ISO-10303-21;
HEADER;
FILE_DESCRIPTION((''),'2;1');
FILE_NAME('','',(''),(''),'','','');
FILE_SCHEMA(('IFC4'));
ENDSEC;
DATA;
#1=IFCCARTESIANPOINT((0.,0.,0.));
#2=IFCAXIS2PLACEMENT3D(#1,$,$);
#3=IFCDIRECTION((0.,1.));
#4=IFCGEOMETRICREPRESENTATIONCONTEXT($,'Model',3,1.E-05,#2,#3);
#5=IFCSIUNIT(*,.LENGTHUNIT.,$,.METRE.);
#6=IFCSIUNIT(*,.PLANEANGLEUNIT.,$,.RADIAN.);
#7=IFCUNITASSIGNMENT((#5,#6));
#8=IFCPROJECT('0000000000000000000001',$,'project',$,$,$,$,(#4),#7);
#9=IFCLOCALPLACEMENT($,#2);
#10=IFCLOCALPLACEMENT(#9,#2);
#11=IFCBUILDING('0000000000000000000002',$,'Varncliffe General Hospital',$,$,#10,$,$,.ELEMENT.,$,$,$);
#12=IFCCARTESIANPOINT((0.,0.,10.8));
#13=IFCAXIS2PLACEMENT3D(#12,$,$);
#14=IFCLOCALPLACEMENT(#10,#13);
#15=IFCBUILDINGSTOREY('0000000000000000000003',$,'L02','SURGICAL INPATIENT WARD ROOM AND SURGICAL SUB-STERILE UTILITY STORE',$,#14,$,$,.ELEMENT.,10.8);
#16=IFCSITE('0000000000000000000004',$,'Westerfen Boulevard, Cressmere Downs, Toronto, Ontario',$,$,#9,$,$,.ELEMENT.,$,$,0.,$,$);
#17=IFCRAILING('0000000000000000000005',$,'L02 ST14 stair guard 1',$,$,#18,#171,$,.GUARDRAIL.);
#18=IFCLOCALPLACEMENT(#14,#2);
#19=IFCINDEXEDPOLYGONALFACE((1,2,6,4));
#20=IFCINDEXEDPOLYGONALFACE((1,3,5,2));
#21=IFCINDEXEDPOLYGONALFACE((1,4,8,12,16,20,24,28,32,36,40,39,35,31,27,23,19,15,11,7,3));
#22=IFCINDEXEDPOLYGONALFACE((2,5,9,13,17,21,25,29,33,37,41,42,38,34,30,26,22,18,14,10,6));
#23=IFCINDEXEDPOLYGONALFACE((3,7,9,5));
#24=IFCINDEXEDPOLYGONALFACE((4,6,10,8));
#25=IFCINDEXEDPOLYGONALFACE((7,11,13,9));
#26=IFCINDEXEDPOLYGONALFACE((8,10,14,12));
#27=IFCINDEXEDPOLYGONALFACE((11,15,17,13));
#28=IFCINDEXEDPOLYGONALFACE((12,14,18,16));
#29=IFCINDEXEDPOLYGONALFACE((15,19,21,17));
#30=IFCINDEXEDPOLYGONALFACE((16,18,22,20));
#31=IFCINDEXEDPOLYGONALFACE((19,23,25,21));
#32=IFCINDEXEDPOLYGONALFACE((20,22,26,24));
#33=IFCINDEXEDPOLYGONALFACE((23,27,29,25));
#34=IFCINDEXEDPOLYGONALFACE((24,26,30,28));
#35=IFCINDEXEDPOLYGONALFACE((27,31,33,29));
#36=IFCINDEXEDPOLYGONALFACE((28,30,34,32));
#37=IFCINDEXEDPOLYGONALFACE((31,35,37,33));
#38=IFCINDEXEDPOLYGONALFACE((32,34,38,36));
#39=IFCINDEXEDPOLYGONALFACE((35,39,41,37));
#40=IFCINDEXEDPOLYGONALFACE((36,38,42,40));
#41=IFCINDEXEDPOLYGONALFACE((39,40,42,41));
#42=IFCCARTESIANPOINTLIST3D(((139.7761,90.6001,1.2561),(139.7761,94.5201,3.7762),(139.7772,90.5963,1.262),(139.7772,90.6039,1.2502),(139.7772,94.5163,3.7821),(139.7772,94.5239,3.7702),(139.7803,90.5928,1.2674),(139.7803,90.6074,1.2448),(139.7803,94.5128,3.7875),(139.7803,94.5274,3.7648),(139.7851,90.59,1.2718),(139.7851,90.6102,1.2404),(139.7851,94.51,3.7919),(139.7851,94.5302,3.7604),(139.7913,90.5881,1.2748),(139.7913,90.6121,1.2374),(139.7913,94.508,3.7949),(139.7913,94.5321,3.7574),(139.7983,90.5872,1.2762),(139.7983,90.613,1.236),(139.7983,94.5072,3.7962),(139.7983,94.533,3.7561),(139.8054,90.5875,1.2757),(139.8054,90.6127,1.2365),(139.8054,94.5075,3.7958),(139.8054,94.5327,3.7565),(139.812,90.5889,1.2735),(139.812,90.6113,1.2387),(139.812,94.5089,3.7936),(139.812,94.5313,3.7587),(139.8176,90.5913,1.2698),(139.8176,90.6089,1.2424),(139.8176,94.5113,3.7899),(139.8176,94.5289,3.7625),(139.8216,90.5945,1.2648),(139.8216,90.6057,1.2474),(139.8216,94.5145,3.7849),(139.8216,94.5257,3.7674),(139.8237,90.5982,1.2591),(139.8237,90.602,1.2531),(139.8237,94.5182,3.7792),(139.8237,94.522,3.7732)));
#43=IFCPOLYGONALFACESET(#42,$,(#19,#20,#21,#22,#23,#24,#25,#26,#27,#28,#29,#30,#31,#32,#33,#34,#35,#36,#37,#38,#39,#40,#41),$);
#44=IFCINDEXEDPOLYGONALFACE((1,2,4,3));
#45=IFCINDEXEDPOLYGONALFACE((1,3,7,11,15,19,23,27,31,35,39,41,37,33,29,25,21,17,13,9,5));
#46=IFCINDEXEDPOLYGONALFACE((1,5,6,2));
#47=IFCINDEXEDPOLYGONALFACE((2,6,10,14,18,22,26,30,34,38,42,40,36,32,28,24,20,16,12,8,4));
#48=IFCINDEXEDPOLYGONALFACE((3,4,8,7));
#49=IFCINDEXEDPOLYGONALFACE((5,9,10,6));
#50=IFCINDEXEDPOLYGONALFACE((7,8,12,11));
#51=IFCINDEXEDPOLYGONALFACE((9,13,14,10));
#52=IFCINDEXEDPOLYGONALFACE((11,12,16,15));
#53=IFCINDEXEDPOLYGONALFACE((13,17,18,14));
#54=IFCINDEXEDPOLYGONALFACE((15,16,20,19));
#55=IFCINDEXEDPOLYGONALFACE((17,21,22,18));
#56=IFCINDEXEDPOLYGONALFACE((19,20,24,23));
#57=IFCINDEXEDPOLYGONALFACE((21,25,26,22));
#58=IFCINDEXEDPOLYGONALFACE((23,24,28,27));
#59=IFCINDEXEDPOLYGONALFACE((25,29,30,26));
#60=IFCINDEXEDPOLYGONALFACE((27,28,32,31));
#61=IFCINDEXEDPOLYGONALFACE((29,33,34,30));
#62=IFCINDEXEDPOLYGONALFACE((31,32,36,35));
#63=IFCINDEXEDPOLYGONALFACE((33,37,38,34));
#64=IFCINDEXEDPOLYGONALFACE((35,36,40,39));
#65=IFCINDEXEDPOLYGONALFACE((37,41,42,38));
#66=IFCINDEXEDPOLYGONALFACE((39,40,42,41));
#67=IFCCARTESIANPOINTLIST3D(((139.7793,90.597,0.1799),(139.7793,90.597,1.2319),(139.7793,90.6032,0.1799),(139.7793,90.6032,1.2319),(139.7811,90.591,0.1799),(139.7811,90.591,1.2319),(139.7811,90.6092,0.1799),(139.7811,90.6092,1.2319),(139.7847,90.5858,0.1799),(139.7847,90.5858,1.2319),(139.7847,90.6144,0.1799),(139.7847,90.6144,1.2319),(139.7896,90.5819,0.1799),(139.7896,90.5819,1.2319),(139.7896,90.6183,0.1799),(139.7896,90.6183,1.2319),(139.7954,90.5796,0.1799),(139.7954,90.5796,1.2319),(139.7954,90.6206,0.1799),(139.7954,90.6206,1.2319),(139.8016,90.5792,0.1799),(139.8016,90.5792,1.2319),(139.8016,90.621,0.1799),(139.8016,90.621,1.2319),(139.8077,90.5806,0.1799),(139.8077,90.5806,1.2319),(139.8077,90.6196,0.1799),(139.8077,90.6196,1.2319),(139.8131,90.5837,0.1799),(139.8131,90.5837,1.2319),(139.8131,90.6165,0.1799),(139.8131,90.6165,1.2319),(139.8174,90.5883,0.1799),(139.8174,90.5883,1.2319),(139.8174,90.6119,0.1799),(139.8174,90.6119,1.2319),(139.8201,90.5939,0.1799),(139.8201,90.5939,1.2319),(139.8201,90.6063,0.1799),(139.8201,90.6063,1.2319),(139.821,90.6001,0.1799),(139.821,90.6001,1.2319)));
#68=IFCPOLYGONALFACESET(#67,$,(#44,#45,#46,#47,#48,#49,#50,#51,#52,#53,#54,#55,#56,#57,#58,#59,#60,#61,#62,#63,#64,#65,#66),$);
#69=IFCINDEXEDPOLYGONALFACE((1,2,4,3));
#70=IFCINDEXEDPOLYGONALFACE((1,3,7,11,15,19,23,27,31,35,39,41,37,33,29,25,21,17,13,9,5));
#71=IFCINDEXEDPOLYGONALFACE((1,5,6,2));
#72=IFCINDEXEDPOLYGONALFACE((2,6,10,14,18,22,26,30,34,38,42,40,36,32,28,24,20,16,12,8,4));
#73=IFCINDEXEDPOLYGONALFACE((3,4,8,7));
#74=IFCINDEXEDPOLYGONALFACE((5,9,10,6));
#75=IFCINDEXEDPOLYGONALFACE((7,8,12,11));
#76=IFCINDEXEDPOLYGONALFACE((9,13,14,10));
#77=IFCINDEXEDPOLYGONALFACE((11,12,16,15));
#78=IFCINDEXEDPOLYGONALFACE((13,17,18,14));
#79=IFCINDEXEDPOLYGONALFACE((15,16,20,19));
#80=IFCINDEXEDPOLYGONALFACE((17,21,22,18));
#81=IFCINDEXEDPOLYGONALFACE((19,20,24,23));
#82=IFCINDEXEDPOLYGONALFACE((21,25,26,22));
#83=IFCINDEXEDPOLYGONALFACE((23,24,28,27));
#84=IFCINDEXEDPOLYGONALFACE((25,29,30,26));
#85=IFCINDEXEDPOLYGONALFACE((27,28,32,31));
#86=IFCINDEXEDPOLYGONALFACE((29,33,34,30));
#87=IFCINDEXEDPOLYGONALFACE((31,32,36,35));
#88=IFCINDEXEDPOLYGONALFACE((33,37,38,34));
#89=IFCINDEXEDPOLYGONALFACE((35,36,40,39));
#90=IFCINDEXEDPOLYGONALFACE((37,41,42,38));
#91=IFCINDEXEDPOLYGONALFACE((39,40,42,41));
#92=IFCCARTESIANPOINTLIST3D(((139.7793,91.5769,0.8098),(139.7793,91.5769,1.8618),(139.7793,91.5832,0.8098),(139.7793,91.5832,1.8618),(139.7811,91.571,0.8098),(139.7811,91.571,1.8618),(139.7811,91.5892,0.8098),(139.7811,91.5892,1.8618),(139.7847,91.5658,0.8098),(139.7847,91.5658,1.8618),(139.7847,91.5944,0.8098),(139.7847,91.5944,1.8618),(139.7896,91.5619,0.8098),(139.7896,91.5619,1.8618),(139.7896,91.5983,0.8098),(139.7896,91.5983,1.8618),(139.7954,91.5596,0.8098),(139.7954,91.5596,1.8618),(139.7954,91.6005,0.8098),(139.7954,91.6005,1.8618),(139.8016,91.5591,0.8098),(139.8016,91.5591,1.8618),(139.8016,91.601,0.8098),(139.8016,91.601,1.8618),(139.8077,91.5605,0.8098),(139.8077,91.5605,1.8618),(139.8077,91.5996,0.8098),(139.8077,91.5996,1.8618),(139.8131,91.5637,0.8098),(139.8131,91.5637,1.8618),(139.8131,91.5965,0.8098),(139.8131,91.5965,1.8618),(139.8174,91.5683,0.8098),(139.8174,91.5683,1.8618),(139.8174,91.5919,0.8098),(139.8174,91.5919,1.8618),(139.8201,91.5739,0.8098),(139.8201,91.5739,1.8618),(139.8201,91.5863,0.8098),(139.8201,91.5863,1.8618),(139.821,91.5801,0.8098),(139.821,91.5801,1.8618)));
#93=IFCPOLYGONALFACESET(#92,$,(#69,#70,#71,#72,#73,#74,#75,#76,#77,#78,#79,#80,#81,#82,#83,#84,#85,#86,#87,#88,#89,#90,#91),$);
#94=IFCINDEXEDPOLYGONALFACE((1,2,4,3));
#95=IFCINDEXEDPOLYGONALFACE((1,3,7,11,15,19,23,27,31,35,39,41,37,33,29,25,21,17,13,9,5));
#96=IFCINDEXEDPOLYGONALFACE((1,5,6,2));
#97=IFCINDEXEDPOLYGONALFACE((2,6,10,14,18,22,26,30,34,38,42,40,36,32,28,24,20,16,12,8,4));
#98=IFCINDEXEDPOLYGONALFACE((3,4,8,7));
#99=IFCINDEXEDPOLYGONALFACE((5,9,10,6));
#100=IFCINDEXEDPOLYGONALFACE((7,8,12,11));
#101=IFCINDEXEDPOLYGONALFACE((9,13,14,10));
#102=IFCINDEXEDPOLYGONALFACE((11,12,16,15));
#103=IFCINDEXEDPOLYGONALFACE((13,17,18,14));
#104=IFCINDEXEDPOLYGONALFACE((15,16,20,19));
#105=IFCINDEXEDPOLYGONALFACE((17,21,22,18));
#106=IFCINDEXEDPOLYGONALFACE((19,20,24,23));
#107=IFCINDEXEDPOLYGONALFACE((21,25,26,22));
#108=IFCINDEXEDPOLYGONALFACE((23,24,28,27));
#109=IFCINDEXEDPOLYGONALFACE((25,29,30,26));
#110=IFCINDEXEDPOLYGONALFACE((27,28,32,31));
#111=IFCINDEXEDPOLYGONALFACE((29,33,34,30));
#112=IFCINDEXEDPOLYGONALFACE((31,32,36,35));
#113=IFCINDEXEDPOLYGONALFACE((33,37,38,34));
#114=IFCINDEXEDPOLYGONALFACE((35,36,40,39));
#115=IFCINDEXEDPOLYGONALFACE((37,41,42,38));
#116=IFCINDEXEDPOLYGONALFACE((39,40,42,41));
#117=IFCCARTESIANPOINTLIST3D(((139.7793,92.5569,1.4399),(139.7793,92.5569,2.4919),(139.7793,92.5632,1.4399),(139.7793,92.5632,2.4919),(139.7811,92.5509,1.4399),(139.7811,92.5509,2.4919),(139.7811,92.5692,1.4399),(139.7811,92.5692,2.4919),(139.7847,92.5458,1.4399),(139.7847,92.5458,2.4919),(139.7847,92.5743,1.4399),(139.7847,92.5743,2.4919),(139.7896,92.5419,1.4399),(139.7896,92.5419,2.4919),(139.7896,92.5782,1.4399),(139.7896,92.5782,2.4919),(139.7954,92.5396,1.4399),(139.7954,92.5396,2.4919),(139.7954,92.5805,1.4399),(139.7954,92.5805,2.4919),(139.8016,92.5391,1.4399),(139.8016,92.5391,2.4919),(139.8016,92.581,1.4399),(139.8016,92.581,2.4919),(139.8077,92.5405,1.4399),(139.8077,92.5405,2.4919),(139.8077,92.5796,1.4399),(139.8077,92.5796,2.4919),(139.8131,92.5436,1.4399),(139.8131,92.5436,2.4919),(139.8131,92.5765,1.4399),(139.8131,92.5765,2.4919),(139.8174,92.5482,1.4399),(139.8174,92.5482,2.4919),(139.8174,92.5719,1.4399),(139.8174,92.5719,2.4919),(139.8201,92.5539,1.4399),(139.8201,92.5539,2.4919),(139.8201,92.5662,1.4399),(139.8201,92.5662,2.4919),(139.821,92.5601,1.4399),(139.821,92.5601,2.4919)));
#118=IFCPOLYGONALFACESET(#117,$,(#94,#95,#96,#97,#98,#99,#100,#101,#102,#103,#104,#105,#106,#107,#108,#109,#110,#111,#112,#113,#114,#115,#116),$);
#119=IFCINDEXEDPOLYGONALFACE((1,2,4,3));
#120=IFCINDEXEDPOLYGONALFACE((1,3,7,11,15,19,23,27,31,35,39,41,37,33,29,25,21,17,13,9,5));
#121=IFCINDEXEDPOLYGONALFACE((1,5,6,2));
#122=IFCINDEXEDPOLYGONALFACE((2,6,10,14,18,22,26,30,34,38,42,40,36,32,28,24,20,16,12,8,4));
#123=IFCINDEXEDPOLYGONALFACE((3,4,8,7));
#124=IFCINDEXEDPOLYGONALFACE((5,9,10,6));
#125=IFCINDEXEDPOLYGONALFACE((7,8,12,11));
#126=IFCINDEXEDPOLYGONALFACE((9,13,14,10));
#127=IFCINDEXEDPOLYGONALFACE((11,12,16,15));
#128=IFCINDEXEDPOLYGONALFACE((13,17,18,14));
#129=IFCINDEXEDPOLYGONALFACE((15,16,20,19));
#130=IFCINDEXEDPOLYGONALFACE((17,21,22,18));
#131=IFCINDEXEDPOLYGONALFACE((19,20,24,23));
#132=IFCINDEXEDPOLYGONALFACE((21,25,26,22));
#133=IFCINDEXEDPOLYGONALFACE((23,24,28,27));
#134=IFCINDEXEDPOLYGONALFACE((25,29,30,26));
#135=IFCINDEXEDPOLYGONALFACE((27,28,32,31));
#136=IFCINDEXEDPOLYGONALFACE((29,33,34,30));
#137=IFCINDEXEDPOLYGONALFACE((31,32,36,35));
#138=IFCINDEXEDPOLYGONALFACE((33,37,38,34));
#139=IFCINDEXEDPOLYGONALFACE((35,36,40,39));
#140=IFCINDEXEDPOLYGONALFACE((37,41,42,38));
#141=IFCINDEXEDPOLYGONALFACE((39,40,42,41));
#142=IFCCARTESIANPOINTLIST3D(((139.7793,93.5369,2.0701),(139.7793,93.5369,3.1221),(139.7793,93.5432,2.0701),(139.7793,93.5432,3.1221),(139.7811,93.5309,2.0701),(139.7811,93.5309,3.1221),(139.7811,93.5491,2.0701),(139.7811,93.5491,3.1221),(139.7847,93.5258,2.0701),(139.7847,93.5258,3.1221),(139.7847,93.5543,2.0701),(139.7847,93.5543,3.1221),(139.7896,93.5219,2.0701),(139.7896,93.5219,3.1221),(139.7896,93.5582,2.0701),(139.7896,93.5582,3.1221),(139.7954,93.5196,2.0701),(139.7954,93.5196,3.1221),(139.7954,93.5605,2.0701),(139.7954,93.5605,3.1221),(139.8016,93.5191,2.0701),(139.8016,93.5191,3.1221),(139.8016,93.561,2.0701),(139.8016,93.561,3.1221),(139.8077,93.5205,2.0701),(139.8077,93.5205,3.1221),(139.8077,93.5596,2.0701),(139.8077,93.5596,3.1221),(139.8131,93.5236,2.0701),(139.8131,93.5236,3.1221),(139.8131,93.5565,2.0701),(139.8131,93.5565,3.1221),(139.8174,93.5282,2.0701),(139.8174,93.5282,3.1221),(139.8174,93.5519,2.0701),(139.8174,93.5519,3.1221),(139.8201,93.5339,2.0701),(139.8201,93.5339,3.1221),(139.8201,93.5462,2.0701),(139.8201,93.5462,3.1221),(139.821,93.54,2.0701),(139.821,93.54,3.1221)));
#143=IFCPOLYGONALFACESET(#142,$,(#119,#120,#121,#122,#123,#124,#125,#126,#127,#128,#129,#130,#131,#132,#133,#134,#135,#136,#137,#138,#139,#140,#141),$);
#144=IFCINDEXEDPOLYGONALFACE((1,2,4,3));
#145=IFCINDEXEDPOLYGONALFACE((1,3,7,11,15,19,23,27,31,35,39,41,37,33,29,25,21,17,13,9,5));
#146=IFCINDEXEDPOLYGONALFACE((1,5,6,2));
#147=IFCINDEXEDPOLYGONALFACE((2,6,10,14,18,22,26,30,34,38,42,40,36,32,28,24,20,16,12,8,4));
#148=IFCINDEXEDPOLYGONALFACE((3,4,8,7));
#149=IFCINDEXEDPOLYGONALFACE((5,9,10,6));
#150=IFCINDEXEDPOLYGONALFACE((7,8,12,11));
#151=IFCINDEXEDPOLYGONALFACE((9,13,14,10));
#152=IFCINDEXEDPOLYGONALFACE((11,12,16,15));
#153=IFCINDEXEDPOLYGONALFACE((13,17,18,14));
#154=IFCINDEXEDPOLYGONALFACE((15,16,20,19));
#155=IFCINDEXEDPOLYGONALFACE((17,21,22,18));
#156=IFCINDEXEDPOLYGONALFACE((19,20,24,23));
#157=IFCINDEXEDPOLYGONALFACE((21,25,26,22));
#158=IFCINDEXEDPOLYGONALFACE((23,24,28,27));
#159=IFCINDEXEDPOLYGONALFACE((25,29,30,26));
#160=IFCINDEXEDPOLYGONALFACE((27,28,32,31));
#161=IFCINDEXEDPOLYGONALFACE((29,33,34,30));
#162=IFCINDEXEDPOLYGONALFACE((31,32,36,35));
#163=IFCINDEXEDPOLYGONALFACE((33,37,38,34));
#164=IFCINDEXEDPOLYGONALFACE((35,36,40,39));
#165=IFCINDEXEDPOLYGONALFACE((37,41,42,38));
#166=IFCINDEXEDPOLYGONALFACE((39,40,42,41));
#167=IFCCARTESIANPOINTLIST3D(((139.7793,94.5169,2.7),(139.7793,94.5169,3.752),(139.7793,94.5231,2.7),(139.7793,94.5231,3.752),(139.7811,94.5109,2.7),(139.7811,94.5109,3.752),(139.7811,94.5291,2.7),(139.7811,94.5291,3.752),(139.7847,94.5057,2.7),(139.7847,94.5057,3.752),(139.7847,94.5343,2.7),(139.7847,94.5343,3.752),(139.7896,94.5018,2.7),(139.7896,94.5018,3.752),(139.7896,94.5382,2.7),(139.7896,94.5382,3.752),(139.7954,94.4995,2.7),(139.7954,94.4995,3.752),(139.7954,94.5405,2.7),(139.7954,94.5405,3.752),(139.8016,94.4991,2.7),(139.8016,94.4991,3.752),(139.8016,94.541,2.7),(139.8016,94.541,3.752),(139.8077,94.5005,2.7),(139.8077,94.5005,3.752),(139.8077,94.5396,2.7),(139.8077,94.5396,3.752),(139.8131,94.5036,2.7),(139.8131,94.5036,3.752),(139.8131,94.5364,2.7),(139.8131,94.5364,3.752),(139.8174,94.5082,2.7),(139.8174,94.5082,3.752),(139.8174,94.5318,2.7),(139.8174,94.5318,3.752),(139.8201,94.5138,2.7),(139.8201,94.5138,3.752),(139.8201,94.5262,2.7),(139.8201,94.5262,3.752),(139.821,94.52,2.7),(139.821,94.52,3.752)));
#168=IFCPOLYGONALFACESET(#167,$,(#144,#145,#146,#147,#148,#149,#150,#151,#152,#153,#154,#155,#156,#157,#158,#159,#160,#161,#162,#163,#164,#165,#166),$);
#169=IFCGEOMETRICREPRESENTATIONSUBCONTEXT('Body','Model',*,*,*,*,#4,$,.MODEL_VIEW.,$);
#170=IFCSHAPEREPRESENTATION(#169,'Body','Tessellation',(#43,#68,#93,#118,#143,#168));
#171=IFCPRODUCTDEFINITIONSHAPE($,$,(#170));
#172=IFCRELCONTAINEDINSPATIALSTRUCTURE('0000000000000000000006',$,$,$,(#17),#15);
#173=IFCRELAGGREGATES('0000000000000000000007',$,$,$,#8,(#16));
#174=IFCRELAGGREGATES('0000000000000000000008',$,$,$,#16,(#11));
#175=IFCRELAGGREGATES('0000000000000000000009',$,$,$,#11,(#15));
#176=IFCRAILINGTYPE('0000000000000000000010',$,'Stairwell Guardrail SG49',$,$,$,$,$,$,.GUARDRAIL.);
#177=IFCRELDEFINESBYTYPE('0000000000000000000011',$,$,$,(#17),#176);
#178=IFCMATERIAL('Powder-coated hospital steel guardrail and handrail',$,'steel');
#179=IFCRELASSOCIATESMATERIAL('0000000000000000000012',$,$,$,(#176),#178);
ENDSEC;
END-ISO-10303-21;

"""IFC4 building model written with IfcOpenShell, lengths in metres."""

from ifc_helpers import new_model, si_unit, direction, frame, origin, origin_2d, place, context, subcontext, project, spatial, circle, extrude, material, type_object, element, save


model = new_model("IFC4")

# Units and contexts
model_context = context("Model", 3, precision=1e-05, world=origin(), true_north=direction((0.0, 1.0)))
body_context = subcontext(model_context, "Body", "Model", "MODEL_VIEW")
ifc_project = project(units=[si_unit("LENGTHUNIT", "METRE"), si_unit("PLANEANGLEUNIT", "RADIAN")], contexts=[model_context])

# Site, building, storey
site_placement = place(None, origin())
site = spatial("IfcSite", under=ifc_project, at=site_placement, Name="Westerfen Boulevard, Cressmere Downs, Toronto, Ontario", CompositionType="ELEMENT", RefElevation=0.0)
building_placement = place(site_placement, origin())
building = spatial("IfcBuilding", under=site, at=building_placement, Name="Varncliffe General Hospital", CompositionType="ELEMENT")
storey_placement = place(building_placement, frame((0.0, 0.0, 10.8)))
storey = spatial("IfcBuildingStorey", under=building, at=storey_placement, Name="L02", Description="SURGICAL INPATIENT WARD ROOM AND SURGICAL SUB-STERILE UTILITY STORE", CompositionType="ELEMENT", Elevation=10.8)

# Railing
ifc_material_1 = material(Name="Powder-coated hospital steel guardrail and handrail", Category="steel")
railing_type_1 = type_object("IfcRailingType", Name="Stairwell Guardrail SG49", PredefinedType="GUARDRAIL", material=ifc_material_1)
railing_1_placement = place(storey_placement, frame((139.8, 90.6001, 0.1799)))
element("IfcRailing", 1, at=railing_1_placement, inside=storey, type_object=railing_type_1, Name="L02 ST14 stair guard 1", PredefinedType="GUARDRAIL", context=body_context, shape_type="SweptSolid", body=[
    extrude(circle(Radius=0.0239, at=origin_2d()), frame((0.0, 0.0, 1.0762), z_axis=(0.0, 0.841172, 0.540768), x_axis=(-1.0, 0.0, 0.0)), (0.0, 0.0, 1.0), 4.6602),
    extrude(circle(Radius=0.021, at=origin_2d()), origin(), (0.0, 0.0, 1.0), 1.052),
    extrude(circle(Radius=0.021, at=origin_2d()), frame((0.0, 0.98, 0.6299)), (0.0, 0.0, 1.0), 1.052),
    extrude(circle(Radius=0.021, at=origin_2d()), frame((0.0, 1.96, 1.26)), (0.0, 0.0, 1.0), 1.052),
    extrude(circle(Radius=0.021, at=origin_2d()), frame((0.0, 2.9399, 1.8901)), (0.0, 0.0, 1.0), 1.052),
    extrude(circle(Radius=0.021, at=origin_2d()), frame((0.0, 3.9199, 2.52)), (0.0, 0.0, 1.0), 1.052),
])

save(model, "model.ifc")
